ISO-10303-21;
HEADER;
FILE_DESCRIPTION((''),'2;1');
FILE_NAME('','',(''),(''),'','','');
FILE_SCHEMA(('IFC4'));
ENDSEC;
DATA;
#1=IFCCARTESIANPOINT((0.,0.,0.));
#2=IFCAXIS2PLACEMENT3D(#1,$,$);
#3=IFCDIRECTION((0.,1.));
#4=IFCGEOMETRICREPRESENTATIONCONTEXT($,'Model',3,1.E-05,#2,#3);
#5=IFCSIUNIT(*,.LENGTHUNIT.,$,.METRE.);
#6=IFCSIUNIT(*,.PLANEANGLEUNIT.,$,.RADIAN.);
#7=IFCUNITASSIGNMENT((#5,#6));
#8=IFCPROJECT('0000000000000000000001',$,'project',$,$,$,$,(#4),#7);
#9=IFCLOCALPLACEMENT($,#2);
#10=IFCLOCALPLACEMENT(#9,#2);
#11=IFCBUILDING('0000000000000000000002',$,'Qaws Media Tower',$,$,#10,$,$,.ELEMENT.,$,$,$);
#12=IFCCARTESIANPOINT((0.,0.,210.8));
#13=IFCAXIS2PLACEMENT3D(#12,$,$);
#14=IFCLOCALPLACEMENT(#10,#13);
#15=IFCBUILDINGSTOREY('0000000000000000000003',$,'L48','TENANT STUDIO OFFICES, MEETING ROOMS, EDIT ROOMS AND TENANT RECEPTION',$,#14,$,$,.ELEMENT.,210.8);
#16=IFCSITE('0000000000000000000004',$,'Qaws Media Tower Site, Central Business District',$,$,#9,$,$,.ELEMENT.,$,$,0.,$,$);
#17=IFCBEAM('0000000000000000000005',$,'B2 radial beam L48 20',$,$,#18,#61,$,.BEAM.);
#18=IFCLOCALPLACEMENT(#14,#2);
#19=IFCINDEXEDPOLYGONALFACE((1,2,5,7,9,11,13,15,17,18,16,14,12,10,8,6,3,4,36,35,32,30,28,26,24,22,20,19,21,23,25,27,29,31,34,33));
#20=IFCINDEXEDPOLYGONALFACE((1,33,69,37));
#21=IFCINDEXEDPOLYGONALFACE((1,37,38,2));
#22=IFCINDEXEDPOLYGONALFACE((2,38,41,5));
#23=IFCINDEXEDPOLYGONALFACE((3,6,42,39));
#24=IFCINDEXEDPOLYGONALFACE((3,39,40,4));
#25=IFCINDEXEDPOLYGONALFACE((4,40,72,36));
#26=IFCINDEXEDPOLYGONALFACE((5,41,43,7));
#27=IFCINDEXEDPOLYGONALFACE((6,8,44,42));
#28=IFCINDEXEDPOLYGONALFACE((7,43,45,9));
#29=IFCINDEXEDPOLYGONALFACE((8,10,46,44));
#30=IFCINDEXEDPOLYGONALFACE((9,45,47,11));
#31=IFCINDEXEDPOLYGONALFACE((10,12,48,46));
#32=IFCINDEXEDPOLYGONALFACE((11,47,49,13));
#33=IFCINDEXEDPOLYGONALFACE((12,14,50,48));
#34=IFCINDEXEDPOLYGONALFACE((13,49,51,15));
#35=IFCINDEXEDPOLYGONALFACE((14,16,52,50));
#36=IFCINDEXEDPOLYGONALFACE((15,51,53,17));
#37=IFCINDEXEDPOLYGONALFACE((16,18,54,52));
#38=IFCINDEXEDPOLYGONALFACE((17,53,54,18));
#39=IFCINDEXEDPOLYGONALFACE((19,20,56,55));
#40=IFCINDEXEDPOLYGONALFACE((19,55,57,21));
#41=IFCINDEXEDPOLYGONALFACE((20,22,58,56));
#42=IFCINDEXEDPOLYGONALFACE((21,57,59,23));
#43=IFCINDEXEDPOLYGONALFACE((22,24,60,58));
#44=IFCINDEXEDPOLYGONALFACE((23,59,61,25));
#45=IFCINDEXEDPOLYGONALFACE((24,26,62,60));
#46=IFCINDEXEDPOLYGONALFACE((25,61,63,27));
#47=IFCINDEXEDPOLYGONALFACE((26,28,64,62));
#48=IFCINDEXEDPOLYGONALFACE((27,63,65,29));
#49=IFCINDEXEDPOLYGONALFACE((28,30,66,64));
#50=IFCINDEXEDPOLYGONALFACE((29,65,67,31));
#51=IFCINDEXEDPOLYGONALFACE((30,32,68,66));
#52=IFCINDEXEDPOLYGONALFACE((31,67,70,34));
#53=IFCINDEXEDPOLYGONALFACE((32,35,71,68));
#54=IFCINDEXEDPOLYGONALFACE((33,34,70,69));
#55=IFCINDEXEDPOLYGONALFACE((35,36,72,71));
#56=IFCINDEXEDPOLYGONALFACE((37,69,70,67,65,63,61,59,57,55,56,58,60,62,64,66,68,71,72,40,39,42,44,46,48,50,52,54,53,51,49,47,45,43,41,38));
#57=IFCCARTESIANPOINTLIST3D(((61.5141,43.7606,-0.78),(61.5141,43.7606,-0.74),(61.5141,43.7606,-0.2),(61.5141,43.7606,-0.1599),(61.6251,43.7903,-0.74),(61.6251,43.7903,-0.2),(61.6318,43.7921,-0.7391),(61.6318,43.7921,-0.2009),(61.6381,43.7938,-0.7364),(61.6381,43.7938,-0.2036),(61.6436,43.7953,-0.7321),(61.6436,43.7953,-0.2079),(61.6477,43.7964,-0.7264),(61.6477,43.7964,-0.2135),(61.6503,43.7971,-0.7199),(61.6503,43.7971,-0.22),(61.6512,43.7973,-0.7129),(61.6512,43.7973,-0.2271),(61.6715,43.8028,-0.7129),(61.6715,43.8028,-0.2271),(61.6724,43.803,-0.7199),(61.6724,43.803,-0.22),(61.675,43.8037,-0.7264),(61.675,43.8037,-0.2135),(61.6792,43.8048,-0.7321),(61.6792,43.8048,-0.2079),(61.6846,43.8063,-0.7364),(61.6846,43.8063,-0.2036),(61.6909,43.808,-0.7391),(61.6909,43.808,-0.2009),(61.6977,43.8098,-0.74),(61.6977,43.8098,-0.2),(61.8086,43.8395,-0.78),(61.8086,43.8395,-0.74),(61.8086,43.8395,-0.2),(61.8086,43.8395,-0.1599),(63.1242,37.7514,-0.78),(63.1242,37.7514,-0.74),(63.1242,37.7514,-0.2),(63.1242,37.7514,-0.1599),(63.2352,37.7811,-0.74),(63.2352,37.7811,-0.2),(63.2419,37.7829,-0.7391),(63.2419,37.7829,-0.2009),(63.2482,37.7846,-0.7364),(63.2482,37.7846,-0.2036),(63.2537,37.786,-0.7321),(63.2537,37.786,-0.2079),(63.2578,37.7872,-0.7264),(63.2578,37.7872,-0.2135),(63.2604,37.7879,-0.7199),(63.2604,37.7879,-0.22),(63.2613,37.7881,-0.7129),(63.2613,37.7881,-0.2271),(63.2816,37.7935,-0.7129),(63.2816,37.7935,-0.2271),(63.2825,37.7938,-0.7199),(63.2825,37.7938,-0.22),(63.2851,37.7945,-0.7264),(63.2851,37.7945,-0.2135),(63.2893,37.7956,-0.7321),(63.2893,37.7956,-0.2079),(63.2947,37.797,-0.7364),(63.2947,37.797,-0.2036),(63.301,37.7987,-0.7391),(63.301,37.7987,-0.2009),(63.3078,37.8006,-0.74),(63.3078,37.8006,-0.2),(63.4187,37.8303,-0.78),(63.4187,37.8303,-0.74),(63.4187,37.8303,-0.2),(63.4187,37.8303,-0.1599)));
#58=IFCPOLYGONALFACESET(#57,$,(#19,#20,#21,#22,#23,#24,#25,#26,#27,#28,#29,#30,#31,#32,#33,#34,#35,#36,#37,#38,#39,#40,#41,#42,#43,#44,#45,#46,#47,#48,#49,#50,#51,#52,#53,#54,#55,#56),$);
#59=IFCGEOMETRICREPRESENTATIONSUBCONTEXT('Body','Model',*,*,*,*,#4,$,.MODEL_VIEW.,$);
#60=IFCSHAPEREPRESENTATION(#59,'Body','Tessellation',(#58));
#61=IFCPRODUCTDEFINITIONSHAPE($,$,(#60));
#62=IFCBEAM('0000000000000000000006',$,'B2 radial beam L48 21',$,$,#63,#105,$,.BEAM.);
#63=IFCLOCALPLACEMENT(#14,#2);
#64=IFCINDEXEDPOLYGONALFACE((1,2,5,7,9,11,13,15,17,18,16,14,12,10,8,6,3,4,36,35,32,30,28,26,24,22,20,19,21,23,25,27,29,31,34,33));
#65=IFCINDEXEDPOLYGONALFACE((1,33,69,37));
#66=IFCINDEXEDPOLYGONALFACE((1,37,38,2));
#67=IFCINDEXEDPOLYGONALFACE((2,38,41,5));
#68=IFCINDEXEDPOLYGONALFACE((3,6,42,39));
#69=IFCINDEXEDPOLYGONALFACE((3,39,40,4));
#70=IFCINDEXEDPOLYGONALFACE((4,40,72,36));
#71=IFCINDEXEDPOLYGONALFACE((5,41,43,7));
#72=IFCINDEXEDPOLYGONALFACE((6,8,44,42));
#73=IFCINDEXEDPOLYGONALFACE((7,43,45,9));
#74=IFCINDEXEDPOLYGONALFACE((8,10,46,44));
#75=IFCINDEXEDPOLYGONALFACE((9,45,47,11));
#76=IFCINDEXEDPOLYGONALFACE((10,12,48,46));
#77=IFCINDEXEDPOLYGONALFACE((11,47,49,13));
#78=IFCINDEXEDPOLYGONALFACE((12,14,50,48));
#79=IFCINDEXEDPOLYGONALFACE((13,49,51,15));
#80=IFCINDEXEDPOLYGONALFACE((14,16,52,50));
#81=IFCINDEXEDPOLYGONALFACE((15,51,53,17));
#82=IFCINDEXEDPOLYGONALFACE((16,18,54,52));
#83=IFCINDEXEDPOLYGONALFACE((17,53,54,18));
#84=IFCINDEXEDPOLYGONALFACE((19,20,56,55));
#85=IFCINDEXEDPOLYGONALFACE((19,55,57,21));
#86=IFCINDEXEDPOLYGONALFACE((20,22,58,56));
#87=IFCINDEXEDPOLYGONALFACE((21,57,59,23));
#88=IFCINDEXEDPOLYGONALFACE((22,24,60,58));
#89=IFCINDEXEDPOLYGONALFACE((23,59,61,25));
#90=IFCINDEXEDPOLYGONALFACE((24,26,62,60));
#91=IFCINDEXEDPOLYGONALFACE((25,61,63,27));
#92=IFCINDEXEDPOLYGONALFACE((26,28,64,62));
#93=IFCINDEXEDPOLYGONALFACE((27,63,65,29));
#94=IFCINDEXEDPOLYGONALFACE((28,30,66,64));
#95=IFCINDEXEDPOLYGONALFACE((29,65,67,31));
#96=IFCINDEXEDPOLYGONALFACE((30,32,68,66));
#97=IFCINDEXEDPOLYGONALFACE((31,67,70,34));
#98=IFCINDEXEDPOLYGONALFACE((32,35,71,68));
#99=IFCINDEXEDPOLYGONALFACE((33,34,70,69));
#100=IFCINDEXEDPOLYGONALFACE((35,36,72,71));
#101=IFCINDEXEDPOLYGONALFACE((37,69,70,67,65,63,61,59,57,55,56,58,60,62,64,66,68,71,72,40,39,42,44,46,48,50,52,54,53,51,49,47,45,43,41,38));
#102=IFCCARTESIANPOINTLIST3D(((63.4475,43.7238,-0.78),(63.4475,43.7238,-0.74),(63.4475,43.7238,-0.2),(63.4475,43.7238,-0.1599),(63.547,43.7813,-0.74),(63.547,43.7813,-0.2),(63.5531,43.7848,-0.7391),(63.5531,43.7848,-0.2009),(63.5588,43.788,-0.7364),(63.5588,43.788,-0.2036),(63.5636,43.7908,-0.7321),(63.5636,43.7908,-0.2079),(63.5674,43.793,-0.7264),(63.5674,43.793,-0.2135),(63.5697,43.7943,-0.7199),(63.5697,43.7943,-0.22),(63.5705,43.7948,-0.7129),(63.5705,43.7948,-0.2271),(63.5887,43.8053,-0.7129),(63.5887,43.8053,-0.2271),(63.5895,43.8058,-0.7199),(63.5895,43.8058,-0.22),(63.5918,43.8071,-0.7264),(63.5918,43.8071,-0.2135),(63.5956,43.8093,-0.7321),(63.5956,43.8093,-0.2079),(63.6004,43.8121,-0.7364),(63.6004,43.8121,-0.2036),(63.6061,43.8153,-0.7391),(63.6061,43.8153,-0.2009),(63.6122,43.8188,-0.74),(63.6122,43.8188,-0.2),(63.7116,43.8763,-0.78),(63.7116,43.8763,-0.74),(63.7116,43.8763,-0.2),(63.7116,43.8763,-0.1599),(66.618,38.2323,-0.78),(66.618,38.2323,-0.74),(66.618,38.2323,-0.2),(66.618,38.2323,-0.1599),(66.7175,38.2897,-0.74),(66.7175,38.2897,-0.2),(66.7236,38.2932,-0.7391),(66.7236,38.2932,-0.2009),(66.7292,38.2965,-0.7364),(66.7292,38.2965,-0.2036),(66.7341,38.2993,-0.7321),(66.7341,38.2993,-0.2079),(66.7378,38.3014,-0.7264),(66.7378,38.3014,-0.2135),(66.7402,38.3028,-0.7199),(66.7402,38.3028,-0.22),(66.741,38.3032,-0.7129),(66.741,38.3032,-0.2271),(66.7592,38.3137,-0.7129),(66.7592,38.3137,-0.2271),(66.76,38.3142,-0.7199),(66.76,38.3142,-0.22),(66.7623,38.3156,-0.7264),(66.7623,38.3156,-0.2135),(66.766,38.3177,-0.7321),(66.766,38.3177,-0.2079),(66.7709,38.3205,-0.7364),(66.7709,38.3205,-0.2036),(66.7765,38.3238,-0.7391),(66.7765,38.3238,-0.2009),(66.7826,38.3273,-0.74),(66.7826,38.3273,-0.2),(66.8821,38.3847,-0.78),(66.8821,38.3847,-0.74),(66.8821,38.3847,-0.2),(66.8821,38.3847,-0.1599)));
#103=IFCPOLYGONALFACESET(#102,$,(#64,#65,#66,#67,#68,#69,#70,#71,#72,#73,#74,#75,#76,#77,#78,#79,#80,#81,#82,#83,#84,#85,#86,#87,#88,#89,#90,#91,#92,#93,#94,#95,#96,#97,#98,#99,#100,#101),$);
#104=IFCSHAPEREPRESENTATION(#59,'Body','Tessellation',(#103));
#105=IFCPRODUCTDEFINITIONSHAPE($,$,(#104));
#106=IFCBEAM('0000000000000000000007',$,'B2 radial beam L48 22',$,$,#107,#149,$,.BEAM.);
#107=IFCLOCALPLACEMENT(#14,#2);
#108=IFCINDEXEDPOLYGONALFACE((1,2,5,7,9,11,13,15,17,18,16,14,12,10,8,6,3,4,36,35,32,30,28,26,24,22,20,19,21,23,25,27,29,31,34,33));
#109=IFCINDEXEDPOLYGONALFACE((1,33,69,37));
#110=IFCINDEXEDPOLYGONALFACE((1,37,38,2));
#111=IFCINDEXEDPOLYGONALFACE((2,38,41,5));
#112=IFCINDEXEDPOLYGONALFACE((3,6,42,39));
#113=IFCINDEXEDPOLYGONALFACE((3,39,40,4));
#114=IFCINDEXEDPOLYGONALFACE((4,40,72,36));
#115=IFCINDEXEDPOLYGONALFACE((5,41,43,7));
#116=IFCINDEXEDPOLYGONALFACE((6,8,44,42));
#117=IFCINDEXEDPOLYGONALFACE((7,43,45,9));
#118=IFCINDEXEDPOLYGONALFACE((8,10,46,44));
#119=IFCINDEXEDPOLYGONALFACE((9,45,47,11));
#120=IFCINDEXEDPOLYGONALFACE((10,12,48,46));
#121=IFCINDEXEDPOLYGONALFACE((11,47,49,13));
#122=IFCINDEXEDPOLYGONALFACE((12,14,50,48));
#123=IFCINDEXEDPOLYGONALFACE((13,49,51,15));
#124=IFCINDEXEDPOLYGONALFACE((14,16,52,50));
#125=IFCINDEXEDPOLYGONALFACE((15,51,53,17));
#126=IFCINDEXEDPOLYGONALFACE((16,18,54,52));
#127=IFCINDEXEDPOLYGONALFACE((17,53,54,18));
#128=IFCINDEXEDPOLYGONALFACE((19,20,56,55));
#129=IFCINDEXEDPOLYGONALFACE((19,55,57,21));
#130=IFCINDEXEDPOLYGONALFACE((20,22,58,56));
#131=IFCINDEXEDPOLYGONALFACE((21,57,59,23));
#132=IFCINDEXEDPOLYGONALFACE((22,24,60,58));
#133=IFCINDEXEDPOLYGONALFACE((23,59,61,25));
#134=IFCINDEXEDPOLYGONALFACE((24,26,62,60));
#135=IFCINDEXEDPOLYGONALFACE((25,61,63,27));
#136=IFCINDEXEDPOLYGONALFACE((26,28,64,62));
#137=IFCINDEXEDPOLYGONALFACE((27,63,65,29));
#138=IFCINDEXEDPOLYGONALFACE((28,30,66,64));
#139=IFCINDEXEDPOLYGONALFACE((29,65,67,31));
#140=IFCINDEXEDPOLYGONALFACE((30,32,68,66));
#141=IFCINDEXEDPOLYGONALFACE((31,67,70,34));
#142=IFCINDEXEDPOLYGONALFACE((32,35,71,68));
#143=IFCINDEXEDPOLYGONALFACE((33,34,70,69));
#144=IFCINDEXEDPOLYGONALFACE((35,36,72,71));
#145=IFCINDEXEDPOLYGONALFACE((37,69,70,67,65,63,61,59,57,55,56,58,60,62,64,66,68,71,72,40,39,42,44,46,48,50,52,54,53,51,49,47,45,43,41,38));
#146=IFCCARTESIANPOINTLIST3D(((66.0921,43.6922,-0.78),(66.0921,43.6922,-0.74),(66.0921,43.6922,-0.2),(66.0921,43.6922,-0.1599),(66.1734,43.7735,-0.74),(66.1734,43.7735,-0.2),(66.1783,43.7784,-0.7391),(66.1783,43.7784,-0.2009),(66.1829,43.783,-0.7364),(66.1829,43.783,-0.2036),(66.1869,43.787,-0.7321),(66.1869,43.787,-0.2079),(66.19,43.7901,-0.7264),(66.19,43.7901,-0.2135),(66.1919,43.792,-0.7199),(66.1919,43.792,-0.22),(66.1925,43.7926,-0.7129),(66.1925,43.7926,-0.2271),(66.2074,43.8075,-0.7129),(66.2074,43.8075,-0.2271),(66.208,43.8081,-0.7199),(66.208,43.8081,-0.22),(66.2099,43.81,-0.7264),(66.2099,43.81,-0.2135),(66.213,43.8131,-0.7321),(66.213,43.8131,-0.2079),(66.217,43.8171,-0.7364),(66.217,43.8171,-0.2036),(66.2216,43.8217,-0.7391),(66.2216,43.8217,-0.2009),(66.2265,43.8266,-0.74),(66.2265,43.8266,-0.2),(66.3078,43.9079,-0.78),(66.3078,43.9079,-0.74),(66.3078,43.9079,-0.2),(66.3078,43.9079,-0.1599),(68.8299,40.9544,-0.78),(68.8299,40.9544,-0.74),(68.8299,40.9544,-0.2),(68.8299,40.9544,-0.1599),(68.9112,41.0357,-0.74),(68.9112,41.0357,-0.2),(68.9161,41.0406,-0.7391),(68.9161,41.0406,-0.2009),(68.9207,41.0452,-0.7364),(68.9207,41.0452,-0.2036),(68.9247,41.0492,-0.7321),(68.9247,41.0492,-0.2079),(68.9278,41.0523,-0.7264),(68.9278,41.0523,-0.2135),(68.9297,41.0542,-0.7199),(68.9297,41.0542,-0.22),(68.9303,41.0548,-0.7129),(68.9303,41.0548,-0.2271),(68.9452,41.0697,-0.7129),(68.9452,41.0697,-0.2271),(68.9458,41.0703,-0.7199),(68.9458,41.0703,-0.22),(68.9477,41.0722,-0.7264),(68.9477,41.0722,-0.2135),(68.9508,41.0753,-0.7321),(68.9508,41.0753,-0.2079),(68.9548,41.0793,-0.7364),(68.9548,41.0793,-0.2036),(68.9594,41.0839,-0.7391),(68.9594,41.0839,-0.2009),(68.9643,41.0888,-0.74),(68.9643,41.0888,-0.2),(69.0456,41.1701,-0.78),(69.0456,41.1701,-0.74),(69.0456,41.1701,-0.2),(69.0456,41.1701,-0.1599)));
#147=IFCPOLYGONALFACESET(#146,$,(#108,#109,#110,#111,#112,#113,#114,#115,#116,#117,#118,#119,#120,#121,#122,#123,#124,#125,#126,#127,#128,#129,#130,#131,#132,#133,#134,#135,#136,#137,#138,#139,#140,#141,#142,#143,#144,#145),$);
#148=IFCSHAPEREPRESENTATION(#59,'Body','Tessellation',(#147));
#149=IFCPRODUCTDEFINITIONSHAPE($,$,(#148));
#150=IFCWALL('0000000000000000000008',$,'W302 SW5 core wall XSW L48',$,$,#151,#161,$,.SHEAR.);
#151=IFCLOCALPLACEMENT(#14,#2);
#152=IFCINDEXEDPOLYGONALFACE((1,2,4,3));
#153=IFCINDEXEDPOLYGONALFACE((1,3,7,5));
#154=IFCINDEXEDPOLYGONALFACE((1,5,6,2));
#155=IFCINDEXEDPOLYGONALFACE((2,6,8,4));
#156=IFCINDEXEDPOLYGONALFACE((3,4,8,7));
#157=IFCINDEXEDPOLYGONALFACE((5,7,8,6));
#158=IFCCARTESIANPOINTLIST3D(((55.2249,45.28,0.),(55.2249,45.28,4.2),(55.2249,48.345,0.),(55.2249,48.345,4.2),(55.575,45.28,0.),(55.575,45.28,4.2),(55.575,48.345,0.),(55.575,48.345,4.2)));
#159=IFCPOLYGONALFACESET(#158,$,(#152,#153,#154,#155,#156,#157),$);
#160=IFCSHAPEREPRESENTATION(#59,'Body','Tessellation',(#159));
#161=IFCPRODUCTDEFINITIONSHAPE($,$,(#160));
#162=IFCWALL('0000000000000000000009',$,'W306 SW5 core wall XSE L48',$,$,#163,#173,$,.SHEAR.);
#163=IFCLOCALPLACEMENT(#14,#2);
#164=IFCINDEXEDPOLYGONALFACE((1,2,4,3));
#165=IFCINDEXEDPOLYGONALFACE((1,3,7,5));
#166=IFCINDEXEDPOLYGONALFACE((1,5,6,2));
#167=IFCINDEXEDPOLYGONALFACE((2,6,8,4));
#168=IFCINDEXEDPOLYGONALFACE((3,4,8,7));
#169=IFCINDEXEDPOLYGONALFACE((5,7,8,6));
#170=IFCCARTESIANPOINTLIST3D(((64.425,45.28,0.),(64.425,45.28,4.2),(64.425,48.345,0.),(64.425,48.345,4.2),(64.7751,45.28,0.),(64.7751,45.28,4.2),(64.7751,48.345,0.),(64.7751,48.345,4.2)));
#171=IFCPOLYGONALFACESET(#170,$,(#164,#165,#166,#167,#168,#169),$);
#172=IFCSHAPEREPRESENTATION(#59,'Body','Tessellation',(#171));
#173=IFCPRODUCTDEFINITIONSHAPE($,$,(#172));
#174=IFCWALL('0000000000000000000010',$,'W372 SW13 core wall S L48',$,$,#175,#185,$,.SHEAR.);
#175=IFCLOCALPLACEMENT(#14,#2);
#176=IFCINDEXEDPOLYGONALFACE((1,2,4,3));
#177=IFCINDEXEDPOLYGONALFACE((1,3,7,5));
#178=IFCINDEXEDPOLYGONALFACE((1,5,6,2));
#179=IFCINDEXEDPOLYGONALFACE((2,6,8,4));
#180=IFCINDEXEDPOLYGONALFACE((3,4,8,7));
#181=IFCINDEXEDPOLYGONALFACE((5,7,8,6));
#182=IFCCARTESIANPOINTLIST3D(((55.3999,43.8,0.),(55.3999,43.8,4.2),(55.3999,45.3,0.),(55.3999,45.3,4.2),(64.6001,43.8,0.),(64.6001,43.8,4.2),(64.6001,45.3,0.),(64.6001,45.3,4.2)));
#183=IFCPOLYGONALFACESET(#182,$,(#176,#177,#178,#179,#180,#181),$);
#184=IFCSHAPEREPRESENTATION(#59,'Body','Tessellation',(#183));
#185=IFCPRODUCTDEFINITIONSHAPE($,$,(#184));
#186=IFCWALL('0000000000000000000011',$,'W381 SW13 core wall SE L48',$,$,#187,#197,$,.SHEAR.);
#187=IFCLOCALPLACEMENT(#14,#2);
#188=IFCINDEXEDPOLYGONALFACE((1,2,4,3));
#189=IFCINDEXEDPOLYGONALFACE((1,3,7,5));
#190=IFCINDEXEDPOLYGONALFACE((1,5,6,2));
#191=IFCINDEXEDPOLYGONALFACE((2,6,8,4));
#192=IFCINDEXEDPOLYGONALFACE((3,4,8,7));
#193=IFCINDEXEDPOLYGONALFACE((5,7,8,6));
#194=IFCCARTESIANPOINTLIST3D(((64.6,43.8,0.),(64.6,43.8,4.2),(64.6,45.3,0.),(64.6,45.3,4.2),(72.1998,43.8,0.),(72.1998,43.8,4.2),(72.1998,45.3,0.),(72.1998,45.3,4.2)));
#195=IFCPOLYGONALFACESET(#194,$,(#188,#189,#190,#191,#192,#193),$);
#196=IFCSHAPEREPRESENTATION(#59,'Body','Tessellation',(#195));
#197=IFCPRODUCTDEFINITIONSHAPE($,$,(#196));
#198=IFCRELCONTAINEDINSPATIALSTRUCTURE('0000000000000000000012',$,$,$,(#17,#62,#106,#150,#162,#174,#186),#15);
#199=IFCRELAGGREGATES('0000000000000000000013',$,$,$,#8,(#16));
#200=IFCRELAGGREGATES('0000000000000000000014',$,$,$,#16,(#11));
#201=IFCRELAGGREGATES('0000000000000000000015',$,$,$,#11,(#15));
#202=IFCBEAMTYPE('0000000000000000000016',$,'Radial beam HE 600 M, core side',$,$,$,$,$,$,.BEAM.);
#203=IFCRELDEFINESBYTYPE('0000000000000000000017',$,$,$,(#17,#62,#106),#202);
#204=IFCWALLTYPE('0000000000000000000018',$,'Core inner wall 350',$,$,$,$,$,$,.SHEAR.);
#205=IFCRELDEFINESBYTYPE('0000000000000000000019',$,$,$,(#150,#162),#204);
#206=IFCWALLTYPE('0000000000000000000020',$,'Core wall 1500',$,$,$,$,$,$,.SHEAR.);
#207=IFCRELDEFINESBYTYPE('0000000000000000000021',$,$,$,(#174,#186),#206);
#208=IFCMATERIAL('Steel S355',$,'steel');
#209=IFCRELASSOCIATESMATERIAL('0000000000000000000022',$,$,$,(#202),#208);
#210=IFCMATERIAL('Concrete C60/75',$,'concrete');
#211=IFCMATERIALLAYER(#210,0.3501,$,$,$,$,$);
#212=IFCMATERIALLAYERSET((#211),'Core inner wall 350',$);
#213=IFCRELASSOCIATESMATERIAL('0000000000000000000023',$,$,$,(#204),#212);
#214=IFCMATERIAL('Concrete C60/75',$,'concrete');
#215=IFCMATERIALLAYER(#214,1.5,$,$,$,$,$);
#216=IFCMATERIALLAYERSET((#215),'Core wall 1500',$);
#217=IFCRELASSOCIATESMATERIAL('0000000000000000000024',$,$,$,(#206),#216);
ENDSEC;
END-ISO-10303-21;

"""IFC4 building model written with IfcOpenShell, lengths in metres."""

from ifc_helpers import new_model, si_unit, direction, frame, frame_2d, origin, origin_2d, place, context, subcontext, project, spatial, rectangle, i_section, extrude, material, layer, layer_set, material_profile, profile_set, type_object, element, save


model = new_model("IFC4")

# Units and contexts
model_context = context("Model", 3, precision=1e-05, world=origin(), true_north=direction((0.0, 1.0)))
body_context = subcontext(model_context, "Body", "Model", "MODEL_VIEW")
ifc_project = project(units=[si_unit("LENGTHUNIT", "METRE"), si_unit("PLANEANGLEUNIT", "RADIAN")], contexts=[model_context])

# Site, building, storey
site_placement = place(None, origin())
site = spatial("IfcSite", under=ifc_project, at=site_placement, Name="Qaws Media Tower Site, Central Business District", CompositionType="ELEMENT", RefElevation=0.0)
building_placement = place(site_placement, origin())
building = spatial("IfcBuilding", under=site, at=building_placement, Name="Qaws Media Tower", CompositionType="ELEMENT")
storey_placement = place(building_placement, frame((0.0, 0.0, 210.8)))
storey = spatial("IfcBuildingStorey", under=building, at=storey_placement, Name="L48", Description="TENANT STUDIO OFFICES, MEETING ROOMS, EDIT ROOMS AND TENANT RECEPTION", CompositionType="ELEMENT", Elevation=210.8)

# Beams
ifc_material_1 = material(Name="Steel S355", Category="steel")
ifc_material_profile_1 = material_profile(ifc_material_1, i_section(OverallWidth=0.3049, OverallDepth=0.6201, WebThickness=0.021, FlangeThickness=0.04, FilletRadius=0.0271, at=origin_2d()), Name="HE 600 M")
ifc_profile_set_1 = profile_set([ifc_material_profile_1], Name="Steel S355")
beam_type_1 = type_object("IfcBeamType", Name="Radial beam HE 600 M, core side", PredefinedType="BEAM", material=ifc_profile_set_1)
beam_1_placement = place(storey_placement, frame((61.6614, 43.8, -0.47), z_axis=(0.258808, -0.965929, 0.0), x_axis=(0.965929, 0.258808, 0.0)))
element("IfcBeam", 1, at=beam_1_placement, inside=storey, type_object=beam_type_1, Name="B2 radial beam L48 20", PredefinedType="BEAM", context=body_context, shape_type="SweptSolid", body=[
    extrude(i_section(OverallWidth=0.3049, OverallDepth=0.6201, WebThickness=0.021, FlangeThickness=0.04, FilletRadius=0.0271, at=origin_2d()), origin(), (0.0, 0.0, 1.0), 6.2212),
])
beam_2_placement = place(storey_placement, frame((63.5796, 43.8, -0.47), z_axis=(0.49999, -0.866031, 0.0), x_axis=(0.866031, 0.49999, 0.0)))
element("IfcBeam", 2, at=beam_2_placement, inside=storey, type_object=beam_type_1, Name="B2 radial beam L48 21", PredefinedType="BEAM", context=body_context, shape_type="SweptSolid", body=[
    extrude(i_section(OverallWidth=0.3049, OverallDepth=0.6201, WebThickness=0.021, FlangeThickness=0.04, FilletRadius=0.0271, at=origin_2d()), origin(), (0.0, 0.0, 1.0), 6.3411),
])
beam_3_placement = place(storey_placement, frame((66.2, 43.8, -0.47), z_axis=(0.707107, -0.707107, 0.0), x_axis=(0.707107, 0.707107, 0.0)))
element("IfcBeam", 3, at=beam_3_placement, inside=storey, type_object=beam_type_1, Name="B2 radial beam L48 22", PredefinedType="BEAM", context=body_context, shape_type="SweptSolid", body=[
    extrude(i_section(OverallWidth=0.3049, OverallDepth=0.6201, WebThickness=0.021, FlangeThickness=0.04, FilletRadius=0.0271, at=origin_2d()), origin(), (0.0, 0.0, 1.0), 3.8718),
])

# Walls
ifc_material_2 = material(Name="Concrete C60/75", Category="concrete")
ifc_layer_1 = layer(ifc_material_2, 0.3501)
ifc_layer_set_1 = layer_set([ifc_layer_1], Name="Core inner wall 350")
wall_type_1 = type_object("IfcWallType", Name="Core inner wall 350", PredefinedType="SHEAR", material=ifc_layer_set_1)
for number, where, z_axis, x_axis, name in (
    (4, (55.3999, 48.345, 0.0), (0.0, 0.0, 1.0), (0.0, -1.0, 0.0), "W302 SW5 core wall XSW L48"),
    (5, (64.6001, 48.345, 0.0), (0.0, 0.0, 1.0), (0.0, -1.0, 0.0), "W306 SW5 core wall XSE L48"),
):
    element("IfcWall", number, at=place(storey_placement, frame(where, z_axis=z_axis, x_axis=x_axis)), inside=storey, type_object=wall_type_1, Name=name, PredefinedType="SHEAR", context=body_context, shape_type="SweptSolid", body=[
        extrude(rectangle(XDim=3.0649, YDim=0.3501, at=frame_2d((1.5325, 0.0))), origin(), (0.0, 0.0, 1.0), 4.2),
    ])
ifc_material_3 = material(Name="Concrete C60/75", Category="concrete")
ifc_layer_2 = layer(ifc_material_3, 1.5)
ifc_layer_set_2 = layer_set([ifc_layer_2], Name="Core wall 1500")
wall_type_2 = type_object("IfcWallType", Name="Core wall 1500", PredefinedType="SHEAR", material=ifc_layer_set_2)
wall_1_placement = place(storey_placement, frame((55.3999, 44.55, 0.0), z_axis=(0.0, 0.0, 1.0), x_axis=(1.0, 0.0, 0.0)))
element("IfcWall", 6, at=wall_1_placement, inside=storey, type_object=wall_type_2, Name="W372 SW13 core wall S L48", PredefinedType="SHEAR", context=body_context, shape_type="SweptSolid", body=[
    extrude(rectangle(XDim=9.2002, YDim=1.5, at=frame_2d((4.6001, 0.0))), origin(), (0.0, 0.0, 1.0), 4.2),
])
wall_2_placement = place(storey_placement, frame((64.6001, 44.55, 0.0), z_axis=(0.0, 0.0, 1.0), x_axis=(1.0, 0.0, 0.0)))
element("IfcWall", 7, at=wall_2_placement, inside=storey, type_object=wall_type_2, Name="W381 SW13 core wall SE L48", PredefinedType="SHEAR", context=body_context, shape_type="SweptSolid", body=[
    extrude(rectangle(XDim=7.5999, YDim=1.5, at=frame_2d((3.7998, 0.0))), origin(), (0.0, 0.0, 1.0), 4.2),
])

save(model, "model.ifc")
